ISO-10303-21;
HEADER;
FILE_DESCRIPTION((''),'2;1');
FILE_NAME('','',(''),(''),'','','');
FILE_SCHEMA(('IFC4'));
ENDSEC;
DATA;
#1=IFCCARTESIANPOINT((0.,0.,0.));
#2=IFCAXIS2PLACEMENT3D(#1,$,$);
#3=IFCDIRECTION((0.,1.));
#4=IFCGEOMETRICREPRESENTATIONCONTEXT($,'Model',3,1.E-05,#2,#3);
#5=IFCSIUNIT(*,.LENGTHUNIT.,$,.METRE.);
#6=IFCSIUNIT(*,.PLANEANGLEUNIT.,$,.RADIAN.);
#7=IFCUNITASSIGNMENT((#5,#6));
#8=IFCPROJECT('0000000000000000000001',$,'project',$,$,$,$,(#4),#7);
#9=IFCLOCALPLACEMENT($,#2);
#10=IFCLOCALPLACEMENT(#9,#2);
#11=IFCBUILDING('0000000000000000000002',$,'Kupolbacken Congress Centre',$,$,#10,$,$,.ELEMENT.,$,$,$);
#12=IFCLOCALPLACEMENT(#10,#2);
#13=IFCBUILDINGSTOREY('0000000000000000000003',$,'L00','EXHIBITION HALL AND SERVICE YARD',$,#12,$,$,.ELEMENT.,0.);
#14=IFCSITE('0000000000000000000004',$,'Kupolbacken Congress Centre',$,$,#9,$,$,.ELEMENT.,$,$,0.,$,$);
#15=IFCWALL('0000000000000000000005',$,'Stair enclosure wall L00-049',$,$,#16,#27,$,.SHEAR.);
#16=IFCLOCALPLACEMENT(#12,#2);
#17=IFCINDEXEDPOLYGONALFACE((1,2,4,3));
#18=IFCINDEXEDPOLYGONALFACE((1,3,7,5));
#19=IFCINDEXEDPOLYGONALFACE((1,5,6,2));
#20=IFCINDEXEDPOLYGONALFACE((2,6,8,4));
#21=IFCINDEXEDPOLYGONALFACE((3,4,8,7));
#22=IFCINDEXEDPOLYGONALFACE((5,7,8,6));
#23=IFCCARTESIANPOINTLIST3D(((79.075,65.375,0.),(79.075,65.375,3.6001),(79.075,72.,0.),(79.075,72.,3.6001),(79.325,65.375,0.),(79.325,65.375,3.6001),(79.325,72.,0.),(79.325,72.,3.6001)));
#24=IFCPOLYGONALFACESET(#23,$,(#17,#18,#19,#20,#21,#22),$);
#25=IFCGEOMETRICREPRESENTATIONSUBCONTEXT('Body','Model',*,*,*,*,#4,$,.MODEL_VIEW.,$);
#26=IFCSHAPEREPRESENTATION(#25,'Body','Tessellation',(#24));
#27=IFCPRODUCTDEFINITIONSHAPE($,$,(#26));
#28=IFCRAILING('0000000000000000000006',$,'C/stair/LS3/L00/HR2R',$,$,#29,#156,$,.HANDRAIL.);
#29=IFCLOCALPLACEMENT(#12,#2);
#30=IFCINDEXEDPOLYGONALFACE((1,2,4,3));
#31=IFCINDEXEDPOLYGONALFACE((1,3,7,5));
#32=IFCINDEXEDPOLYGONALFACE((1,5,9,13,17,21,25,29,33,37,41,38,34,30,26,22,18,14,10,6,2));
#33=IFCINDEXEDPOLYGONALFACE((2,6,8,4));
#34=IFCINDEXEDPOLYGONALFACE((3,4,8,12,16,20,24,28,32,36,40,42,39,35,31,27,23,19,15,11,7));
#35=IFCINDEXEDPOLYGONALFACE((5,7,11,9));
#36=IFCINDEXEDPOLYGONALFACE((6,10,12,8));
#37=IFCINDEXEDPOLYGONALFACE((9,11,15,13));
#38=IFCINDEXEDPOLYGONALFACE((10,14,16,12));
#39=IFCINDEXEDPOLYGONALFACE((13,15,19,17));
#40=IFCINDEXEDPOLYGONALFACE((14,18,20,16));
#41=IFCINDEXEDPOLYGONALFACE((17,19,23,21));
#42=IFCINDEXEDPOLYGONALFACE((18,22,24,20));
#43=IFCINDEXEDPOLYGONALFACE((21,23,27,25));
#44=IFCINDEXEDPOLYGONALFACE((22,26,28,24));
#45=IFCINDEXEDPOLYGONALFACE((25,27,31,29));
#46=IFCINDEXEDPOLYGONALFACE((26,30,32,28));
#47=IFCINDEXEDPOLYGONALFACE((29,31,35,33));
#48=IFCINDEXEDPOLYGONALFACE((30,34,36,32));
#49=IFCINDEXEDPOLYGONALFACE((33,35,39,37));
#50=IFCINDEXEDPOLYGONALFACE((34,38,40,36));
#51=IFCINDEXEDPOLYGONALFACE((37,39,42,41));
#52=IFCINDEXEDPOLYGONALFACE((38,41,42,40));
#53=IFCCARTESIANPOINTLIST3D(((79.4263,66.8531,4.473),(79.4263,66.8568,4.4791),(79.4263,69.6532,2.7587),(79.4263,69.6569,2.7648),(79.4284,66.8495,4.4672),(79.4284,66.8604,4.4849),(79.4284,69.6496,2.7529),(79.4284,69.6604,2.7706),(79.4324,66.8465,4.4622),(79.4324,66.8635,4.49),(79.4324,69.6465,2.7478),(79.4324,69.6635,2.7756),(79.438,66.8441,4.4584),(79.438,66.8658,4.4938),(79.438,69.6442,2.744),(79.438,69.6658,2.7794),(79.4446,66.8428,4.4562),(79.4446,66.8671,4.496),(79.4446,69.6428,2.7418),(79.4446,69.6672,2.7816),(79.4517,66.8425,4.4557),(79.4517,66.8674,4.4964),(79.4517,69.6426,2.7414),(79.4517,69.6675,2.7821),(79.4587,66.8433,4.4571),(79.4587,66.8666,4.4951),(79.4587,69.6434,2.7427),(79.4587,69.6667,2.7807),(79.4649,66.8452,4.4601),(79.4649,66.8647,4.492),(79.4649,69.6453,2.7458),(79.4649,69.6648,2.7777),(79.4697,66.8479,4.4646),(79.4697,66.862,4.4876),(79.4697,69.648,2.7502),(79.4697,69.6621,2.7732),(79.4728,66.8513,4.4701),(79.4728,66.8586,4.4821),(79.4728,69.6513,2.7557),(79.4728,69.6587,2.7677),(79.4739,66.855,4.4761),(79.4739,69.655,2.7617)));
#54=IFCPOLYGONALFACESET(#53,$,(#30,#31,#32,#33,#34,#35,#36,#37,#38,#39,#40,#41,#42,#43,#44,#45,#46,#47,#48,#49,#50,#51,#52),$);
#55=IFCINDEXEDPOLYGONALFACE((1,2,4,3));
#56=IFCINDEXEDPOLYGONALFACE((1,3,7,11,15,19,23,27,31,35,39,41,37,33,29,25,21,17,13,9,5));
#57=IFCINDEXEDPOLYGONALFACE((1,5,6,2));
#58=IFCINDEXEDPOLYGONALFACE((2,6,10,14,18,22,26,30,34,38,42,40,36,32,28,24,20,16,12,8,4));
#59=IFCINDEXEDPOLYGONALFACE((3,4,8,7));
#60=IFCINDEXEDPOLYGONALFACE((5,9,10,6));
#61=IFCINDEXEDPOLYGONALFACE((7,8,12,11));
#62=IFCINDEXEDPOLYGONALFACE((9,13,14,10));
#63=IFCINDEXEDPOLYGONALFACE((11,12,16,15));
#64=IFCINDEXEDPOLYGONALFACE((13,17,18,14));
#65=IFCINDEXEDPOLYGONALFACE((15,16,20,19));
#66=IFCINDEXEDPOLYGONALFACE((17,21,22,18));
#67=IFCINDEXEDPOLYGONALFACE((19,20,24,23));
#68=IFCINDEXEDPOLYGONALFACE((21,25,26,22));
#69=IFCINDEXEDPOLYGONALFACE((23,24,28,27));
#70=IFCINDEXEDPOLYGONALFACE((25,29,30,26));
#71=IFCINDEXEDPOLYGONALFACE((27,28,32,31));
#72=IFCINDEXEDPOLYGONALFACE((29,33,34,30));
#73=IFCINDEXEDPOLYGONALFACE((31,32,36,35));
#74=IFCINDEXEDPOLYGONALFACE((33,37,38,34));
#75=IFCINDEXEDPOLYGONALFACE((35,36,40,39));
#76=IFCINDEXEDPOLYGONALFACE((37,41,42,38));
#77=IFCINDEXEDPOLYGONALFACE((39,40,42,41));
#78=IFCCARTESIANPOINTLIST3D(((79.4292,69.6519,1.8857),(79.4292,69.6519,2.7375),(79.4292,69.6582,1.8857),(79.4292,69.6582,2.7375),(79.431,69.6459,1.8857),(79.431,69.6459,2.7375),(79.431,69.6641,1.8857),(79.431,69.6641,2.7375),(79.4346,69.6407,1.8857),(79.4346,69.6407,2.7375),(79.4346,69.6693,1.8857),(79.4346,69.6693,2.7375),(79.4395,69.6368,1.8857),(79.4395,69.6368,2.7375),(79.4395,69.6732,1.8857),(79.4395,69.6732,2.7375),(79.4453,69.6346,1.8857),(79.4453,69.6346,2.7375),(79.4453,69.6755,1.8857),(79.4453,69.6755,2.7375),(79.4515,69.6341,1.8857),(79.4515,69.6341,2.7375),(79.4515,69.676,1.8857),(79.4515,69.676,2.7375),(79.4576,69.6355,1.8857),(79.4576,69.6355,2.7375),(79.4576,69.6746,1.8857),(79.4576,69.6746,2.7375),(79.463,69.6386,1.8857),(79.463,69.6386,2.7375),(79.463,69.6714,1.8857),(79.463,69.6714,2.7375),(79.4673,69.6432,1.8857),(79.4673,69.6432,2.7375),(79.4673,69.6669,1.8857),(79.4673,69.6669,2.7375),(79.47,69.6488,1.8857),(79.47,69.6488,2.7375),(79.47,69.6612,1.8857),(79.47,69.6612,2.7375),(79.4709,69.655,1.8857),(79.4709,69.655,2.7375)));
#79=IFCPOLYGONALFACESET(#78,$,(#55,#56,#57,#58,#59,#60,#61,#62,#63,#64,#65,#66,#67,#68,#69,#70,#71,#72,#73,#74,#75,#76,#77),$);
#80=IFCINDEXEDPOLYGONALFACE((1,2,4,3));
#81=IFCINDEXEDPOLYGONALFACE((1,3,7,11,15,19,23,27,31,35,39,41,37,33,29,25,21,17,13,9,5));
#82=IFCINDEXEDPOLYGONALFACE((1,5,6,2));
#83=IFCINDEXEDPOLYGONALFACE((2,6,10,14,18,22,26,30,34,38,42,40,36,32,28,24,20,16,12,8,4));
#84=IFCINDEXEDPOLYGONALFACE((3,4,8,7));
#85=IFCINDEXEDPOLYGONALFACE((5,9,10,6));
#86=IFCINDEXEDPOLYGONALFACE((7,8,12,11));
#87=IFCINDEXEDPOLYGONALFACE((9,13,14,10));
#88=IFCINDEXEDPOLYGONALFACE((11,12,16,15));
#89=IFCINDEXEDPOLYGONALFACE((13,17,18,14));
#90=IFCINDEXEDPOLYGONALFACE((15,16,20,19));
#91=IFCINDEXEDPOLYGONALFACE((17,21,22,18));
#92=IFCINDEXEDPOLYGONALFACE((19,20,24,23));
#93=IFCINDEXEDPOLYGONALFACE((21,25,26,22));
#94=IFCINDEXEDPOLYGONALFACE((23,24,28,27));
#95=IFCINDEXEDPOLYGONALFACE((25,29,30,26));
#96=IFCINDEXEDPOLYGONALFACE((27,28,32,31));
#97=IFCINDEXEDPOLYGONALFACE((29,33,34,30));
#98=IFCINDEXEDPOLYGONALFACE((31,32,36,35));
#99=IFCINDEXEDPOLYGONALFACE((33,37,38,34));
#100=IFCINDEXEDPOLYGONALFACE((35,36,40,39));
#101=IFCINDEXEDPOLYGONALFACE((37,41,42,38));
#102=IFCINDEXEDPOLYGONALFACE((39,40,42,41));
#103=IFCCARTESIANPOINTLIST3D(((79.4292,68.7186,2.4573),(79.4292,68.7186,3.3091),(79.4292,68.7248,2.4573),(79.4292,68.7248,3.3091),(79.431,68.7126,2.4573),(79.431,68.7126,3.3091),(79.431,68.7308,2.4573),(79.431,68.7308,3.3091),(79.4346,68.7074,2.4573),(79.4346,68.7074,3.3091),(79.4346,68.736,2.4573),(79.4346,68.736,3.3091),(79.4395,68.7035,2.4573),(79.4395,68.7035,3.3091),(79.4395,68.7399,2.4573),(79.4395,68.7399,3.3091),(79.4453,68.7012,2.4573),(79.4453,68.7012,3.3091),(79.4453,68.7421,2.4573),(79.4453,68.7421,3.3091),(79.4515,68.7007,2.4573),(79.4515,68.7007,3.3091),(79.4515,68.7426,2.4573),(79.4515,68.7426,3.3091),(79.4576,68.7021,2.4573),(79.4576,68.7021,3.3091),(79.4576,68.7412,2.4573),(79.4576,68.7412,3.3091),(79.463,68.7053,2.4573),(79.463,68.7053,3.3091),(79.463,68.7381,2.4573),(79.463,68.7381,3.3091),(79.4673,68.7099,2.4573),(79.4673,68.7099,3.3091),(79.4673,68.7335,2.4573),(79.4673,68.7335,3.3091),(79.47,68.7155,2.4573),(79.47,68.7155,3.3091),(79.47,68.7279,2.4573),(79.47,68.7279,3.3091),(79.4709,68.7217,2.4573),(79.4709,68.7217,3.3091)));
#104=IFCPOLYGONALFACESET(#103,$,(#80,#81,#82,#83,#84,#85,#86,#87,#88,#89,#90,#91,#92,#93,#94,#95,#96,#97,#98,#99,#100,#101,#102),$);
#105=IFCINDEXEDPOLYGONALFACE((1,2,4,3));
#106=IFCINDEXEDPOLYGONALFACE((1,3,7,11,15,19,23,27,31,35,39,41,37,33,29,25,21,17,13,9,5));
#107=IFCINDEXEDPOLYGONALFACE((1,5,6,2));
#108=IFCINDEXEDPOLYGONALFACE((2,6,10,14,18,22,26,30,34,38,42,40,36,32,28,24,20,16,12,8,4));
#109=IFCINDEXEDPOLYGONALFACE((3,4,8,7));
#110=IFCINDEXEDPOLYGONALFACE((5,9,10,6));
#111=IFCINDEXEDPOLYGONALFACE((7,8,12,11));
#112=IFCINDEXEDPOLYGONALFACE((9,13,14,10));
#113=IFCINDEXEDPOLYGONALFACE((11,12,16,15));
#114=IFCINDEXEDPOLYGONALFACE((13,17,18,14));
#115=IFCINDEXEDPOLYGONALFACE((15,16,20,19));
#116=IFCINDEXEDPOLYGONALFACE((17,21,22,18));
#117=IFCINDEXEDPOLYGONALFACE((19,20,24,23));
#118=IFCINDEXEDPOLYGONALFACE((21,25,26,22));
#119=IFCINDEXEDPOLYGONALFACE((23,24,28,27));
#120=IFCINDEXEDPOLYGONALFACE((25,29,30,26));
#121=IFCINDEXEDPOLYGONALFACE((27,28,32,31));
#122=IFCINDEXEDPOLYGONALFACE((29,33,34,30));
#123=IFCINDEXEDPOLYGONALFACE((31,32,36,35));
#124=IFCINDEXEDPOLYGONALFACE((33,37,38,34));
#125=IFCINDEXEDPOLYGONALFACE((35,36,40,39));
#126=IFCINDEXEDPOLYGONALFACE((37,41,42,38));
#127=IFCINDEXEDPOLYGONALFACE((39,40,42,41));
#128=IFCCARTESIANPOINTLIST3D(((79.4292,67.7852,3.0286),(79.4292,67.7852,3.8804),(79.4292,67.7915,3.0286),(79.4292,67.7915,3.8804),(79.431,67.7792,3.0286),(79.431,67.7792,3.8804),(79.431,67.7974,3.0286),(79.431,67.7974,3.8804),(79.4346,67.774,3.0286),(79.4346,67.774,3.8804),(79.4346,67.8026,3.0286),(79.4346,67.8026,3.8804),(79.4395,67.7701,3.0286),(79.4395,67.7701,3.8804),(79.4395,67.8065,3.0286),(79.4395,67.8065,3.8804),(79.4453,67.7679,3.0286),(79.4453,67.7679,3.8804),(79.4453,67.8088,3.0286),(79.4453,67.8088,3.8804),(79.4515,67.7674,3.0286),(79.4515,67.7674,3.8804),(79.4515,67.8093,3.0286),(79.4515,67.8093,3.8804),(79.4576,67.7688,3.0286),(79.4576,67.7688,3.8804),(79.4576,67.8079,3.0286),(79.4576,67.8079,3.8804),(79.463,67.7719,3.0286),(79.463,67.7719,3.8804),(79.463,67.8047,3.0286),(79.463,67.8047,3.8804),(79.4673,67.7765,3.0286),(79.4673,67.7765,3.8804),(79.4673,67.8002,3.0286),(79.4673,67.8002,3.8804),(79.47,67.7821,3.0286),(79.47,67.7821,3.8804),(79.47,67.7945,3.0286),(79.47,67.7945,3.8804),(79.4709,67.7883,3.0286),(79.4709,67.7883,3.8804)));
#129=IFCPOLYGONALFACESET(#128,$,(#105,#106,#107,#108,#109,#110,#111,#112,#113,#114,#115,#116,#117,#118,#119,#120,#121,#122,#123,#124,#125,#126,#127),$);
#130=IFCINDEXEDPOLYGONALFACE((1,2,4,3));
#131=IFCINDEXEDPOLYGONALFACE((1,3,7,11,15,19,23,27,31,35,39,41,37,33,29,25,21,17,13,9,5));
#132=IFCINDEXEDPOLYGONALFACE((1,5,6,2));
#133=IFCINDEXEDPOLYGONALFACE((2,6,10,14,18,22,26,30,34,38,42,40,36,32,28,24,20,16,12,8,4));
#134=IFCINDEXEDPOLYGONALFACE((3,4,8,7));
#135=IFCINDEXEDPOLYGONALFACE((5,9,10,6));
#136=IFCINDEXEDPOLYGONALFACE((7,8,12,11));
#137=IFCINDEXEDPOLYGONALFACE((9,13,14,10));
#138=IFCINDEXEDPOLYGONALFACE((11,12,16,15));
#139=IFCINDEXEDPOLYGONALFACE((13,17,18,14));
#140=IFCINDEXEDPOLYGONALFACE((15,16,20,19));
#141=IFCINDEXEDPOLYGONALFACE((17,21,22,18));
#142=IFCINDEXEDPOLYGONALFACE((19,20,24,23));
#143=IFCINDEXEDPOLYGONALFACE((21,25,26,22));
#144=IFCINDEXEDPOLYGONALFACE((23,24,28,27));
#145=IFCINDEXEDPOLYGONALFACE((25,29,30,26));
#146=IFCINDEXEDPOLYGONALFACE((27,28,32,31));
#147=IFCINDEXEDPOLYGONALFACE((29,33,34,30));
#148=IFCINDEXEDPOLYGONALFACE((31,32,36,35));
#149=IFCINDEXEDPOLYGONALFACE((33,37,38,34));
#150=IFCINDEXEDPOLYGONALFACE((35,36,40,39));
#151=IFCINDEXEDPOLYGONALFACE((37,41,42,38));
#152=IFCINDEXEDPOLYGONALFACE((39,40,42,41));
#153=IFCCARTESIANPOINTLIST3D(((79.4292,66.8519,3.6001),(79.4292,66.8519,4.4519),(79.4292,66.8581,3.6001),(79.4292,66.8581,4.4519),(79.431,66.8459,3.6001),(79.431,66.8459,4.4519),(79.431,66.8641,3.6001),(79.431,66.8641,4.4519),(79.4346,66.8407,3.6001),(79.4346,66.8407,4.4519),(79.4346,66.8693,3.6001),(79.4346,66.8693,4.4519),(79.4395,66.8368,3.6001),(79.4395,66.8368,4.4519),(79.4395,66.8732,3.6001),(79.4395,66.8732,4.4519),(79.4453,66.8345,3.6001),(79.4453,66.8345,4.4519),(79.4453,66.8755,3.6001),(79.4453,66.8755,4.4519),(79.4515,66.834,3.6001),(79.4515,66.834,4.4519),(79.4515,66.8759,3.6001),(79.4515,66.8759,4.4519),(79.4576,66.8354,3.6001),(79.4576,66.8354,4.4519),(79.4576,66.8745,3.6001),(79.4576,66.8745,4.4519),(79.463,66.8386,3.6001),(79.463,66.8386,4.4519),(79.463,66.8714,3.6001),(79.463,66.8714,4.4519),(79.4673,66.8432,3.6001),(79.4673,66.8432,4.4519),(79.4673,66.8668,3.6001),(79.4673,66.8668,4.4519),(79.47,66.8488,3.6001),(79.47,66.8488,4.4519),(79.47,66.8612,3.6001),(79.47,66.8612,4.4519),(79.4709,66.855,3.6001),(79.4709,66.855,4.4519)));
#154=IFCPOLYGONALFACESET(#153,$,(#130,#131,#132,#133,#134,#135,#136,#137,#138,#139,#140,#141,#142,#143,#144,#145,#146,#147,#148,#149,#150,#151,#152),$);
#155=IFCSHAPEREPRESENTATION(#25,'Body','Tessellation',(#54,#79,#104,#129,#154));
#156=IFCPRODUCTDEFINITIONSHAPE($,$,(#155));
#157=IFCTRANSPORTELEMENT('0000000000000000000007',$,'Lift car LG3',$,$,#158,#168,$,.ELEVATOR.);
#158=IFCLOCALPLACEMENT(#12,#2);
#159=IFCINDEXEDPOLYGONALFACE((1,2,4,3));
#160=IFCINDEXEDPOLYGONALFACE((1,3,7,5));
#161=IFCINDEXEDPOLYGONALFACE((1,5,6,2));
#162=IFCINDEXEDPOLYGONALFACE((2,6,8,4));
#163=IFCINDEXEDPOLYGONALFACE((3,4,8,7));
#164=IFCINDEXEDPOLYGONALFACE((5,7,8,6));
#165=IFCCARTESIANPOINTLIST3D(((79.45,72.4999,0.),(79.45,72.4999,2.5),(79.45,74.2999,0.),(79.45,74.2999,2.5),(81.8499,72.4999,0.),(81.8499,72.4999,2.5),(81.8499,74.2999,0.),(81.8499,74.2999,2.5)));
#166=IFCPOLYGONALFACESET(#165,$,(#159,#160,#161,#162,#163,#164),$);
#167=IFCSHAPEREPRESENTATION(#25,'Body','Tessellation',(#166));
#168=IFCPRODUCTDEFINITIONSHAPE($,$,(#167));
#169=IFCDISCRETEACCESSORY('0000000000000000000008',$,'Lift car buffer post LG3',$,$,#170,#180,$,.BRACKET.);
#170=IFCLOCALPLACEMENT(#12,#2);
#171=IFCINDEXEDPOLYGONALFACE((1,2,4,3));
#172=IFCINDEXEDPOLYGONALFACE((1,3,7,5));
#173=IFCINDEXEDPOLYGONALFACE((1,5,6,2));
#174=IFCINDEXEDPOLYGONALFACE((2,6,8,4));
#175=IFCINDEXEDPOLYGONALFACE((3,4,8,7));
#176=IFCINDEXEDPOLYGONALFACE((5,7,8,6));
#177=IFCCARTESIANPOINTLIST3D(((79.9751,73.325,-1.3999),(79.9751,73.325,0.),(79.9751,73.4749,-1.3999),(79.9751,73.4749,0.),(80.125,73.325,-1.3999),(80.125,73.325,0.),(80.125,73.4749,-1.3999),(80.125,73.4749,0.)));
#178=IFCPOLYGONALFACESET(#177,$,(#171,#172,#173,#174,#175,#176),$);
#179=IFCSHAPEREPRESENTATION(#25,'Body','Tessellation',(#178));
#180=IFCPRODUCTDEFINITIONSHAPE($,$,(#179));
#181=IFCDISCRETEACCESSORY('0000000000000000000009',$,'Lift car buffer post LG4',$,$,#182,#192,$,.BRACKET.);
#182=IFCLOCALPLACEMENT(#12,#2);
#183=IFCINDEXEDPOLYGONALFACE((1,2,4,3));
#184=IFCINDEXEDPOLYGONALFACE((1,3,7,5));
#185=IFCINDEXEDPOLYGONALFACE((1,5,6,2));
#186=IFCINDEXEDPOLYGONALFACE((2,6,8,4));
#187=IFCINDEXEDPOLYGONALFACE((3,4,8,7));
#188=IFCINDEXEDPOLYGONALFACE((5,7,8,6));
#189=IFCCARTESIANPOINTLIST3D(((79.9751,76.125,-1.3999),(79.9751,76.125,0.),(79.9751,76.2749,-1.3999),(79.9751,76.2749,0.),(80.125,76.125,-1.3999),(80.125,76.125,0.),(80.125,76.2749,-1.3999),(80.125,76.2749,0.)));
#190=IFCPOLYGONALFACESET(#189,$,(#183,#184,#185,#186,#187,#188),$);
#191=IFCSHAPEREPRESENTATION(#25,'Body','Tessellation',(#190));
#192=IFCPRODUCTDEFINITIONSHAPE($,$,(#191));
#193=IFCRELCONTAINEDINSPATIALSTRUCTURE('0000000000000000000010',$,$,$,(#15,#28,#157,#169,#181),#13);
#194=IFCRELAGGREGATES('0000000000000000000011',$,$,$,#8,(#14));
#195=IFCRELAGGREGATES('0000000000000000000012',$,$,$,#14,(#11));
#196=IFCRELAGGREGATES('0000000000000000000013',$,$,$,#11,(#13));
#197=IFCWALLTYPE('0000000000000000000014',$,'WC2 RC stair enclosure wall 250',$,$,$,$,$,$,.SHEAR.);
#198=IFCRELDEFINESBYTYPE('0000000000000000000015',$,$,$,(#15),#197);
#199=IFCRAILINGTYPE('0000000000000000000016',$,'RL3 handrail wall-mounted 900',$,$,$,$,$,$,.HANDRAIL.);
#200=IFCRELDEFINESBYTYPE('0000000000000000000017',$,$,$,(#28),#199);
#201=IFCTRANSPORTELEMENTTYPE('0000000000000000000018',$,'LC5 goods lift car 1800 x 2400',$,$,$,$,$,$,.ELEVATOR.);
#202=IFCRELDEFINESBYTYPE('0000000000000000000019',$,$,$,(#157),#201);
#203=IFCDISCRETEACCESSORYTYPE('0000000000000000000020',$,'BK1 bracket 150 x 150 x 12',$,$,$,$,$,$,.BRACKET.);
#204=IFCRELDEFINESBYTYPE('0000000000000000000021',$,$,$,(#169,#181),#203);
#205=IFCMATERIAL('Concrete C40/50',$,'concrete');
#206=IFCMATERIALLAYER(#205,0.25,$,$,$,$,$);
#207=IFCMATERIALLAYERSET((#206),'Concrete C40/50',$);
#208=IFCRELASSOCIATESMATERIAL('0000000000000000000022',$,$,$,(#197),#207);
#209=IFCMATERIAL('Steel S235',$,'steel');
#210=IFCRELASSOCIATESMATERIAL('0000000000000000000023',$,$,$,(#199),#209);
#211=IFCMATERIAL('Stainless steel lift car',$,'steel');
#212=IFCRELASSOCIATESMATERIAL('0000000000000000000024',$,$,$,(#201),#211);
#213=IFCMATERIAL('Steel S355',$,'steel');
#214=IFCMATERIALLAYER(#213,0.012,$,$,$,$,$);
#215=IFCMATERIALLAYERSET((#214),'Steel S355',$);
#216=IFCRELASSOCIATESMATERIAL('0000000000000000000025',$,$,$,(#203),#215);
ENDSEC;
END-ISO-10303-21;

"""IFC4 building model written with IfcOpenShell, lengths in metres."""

from ifc_helpers import new_model, si_unit, direction, frame, frame_2d, origin, origin_2d, place, context, subcontext, project, spatial, rectangle, circle, extrude, material, layer, layer_set, type_object, element, save


model = new_model("IFC4")

# Units and contexts
model_context = context("Model", 3, precision=1e-05, world=origin(), true_north=direction((0.0, 1.0)))
body_context = subcontext(model_context, "Body", "Model", "MODEL_VIEW")
ifc_project = project(units=[si_unit("LENGTHUNIT", "METRE"), si_unit("PLANEANGLEUNIT", "RADIAN")], contexts=[model_context])

# Site, building, storey
site_placement = place(None, origin())
site = spatial("IfcSite", under=ifc_project, at=site_placement, Name="Kupolbacken Congress Centre", CompositionType="ELEMENT", RefElevation=0.0)
building_placement = place(site_placement, origin())
building = spatial("IfcBuilding", under=site, at=building_placement, Name="Kupolbacken Congress Centre", CompositionType="ELEMENT")
storey_placement = place(building_placement, origin())
storey = spatial("IfcBuildingStorey", under=building, at=storey_placement, Name="L00", Description="EXHIBITION HALL AND SERVICE YARD", CompositionType="ELEMENT", Elevation=0.0)

# Wall
ifc_material_1 = material(Name="Concrete C40/50", Category="concrete")
ifc_layer_1 = layer(ifc_material_1, 0.25)
ifc_layer_set_1 = layer_set([ifc_layer_1], Name="Concrete C40/50")
wall_type_1 = type_object("IfcWallType", Name="WC2 RC stair enclosure wall 250", PredefinedType="SHEAR", material=ifc_layer_set_1)
wall_1_placement = place(storey_placement, frame((79.2, 72.0, 0.0), z_axis=(0.0, 0.0, 1.0), x_axis=(0.0, -1.0, 0.0)))
element("IfcWall", 1, at=wall_1_placement, inside=storey, type_object=wall_type_1, Name="Stair enclosure wall L00-049", PredefinedType="SHEAR", context=body_context, shape_type="SweptSolid", body=[
    extrude(rectangle(XDim=6.625, YDim=0.25, at=frame_2d((3.3125, 0.0))), origin(), (0.0, 0.0, 1.0), 3.6001),
])

# Railing
ifc_material_2 = material(Name="Steel S235", Category="steel")
railing_type = type_object("IfcRailingType", Name="RL3 handrail wall-mounted 900", PredefinedType="HANDRAIL", material=ifc_material_2)
railing_placement = place(storey_placement, frame((79.45, 69.655, 1.8857)))
element("IfcRailing", 2, at=railing_placement, inside=storey, type_object=railing_type, Name="C/stair/LS3/L00/HR2R", PredefinedType="HANDRAIL", context=body_context, shape_type="SweptSolid", body=[
    extrude(circle(Radius=0.0239, at=origin_2d()), frame((0.0, 0.0, 0.876), z_axis=(0.0, -0.852846, 0.522163), x_axis=(1.0, 0.0, 0.0)), (0.0, 0.0, 1.0), 3.2832),
    extrude(circle(Radius=0.021, at=origin_2d()), origin(), (0.0, 0.0, 1.0), 0.8518),
    extrude(circle(Radius=0.021, at=origin_2d()), frame((0.0, -0.9333, 0.5715)), (0.0, 0.0, 1.0), 0.8518),
    extrude(circle(Radius=0.021, at=origin_2d()), frame((0.0, -1.8667, 1.1428)), (0.0, 0.0, 1.0), 0.8518),
    extrude(circle(Radius=0.021, at=origin_2d()), frame((0.0, -2.8, 1.7144)), (0.0, 0.0, 1.0), 0.8518),
])

# Transport element
ifc_material_3 = material(Name="Stainless steel lift car", Category="steel")
transport_element_type = type_object("IfcTransportElementType", Name="LC5 goods lift car 1800 x 2400", PredefinedType="ELEVATOR", material=ifc_material_3)
transport_element_placement = place(storey_placement, frame((80.6499, 73.3999, 0.0), z_axis=(0.0, 0.0, 1.0), x_axis=(1.0, 0.0, 0.0)))
element("IfcTransportElement", 3, at=transport_element_placement, inside=storey, type_object=transport_element_type, Name="Lift car LG3", PredefinedType="ELEVATOR", context=body_context, shape_type="SweptSolid", body=[
    extrude(rectangle(XDim=2.3999, YDim=1.8, at=origin_2d()), origin(), (0.0, 0.0, 1.0), 2.5),
])

# Discrete accessories
ifc_material_4 = material(Name="Steel S355", Category="steel")
ifc_layer_2 = layer(ifc_material_4, 0.012)
ifc_layer_set_2 = layer_set([ifc_layer_2], Name="Steel S355")
discrete_accessory_type = type_object("IfcDiscreteAccessoryType", Name="BK1 bracket 150 x 150 x 12", PredefinedType="BRACKET", material=ifc_layer_set_2)
for number, where, z_axis, x_axis, name in (
    (4, (80.05, 73.3999, -1.3999), (0.0, 0.0, 1.0), (1.0, 0.0, 0.0), "Lift car buffer post LG3"),
    (5, (80.05, 76.2, -1.3999), (0.0, 0.0, 1.0), (1.0, 0.0, 0.0), "Lift car buffer post LG4"),
):
    element("IfcDiscreteAccessory", number, at=place(storey_placement, frame(where, z_axis=z_axis, x_axis=x_axis)), inside=storey, type_object=discrete_accessory_type, Name=name, PredefinedType="BRACKET", context=body_context, shape_type="SweptSolid", body=[
        extrude(rectangle(XDim=0.1499, YDim=0.1499, at=origin_2d()), origin(), (0.0, 0.0, 1.0), 1.3999),
    ])

save(model, "model.ifc")
